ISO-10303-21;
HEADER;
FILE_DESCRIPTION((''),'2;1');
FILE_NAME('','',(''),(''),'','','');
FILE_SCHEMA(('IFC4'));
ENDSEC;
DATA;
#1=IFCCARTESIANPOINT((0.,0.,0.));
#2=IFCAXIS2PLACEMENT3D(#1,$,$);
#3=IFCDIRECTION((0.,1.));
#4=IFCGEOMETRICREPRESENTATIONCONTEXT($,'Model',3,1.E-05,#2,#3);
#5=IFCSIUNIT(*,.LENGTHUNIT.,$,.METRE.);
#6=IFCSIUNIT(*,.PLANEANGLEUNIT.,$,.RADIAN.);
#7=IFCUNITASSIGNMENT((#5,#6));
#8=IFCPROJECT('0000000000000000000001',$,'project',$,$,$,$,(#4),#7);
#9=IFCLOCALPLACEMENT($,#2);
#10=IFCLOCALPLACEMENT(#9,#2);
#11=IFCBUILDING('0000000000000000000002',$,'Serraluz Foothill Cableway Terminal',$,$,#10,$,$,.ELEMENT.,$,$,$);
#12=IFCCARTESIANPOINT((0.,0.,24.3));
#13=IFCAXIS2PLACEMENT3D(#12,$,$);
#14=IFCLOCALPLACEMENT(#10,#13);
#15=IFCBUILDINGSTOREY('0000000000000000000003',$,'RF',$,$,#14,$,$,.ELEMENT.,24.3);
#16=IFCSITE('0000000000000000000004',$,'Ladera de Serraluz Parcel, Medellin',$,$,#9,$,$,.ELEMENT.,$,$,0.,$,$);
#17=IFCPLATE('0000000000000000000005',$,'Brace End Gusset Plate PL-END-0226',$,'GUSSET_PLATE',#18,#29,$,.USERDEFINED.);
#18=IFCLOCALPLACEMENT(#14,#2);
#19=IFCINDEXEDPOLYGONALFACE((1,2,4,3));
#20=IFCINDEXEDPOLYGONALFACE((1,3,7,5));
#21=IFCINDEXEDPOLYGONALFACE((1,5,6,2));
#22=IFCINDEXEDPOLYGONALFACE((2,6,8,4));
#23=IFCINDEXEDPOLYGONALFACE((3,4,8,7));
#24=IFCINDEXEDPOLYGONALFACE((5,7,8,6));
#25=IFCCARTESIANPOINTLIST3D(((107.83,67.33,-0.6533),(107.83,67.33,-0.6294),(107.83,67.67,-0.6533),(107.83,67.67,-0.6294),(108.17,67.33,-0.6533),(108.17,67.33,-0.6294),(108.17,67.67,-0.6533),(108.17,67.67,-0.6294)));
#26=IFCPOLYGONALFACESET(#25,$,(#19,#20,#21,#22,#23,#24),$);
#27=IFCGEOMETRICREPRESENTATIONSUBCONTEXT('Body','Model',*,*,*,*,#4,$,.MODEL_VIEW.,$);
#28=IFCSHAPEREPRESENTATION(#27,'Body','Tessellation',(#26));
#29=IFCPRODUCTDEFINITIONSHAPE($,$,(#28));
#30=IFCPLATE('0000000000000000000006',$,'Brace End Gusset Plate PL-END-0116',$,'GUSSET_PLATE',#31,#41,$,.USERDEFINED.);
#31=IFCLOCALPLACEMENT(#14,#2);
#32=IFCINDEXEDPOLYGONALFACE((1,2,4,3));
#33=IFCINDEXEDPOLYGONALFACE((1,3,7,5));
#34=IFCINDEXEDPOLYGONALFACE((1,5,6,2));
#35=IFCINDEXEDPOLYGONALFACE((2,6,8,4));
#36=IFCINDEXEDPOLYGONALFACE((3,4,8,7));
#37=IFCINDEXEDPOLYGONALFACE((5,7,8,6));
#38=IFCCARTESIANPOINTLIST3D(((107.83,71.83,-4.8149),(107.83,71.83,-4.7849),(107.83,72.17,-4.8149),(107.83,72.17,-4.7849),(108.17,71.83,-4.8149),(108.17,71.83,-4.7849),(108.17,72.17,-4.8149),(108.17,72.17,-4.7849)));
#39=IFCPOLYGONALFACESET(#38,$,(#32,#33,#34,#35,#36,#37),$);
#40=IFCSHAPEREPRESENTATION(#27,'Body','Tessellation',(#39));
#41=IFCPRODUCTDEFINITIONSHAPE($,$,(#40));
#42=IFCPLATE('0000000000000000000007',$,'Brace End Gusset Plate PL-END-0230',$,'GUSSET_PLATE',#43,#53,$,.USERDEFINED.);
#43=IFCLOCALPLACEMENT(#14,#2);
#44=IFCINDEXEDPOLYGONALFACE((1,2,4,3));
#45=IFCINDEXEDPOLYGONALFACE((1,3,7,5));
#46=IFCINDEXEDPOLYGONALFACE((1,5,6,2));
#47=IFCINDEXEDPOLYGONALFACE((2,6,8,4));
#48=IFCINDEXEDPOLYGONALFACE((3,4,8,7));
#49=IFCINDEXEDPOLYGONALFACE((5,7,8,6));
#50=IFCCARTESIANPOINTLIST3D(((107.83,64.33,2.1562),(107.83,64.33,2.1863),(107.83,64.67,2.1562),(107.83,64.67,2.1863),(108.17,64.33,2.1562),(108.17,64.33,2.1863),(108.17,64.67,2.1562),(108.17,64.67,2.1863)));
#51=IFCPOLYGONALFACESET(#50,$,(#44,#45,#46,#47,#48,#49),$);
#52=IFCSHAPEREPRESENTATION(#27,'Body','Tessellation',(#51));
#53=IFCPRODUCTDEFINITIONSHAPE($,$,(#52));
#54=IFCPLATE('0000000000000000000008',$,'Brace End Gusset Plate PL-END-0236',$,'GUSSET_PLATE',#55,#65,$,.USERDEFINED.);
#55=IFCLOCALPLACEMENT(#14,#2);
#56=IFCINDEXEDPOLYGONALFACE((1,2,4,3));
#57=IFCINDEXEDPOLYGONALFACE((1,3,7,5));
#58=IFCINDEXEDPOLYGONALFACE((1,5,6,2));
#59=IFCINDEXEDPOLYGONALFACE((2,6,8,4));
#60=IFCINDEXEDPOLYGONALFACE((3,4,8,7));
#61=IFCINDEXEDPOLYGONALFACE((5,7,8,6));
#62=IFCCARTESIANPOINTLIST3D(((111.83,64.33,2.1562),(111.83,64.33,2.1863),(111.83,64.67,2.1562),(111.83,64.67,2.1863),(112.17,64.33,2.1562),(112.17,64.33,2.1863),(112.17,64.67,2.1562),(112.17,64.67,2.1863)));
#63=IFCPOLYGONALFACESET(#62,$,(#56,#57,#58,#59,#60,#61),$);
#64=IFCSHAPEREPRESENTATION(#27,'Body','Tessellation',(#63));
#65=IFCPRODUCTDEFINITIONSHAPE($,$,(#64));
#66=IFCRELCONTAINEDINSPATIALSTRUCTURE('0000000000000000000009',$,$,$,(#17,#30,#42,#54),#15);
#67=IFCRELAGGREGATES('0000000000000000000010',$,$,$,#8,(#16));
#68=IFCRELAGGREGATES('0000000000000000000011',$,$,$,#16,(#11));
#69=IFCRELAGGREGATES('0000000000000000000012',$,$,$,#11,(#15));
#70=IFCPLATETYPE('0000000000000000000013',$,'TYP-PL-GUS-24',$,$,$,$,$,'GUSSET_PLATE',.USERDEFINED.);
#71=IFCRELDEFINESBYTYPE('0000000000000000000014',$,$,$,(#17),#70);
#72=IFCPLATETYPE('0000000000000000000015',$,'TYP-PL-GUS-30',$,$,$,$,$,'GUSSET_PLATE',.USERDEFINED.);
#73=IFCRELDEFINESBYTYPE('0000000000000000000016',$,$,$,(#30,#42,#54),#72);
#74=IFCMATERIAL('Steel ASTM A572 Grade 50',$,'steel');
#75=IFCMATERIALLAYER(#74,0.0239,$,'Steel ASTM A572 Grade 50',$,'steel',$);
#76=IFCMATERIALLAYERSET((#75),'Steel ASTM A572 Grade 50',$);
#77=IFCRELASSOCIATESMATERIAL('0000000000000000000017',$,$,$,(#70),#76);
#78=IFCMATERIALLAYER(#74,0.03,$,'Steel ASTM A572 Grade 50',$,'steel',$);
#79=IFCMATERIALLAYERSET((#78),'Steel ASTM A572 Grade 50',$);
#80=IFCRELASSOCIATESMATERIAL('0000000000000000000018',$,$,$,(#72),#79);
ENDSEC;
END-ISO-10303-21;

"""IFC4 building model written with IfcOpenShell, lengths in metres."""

from ifc_helpers import new_model, si_unit, direction, frame, origin, origin_2d, place, context, subcontext, project, spatial, rectangle, extrude, material, layer, layer_set, type_object, element, save


model = new_model("IFC4")

# Units and contexts
model_context = context("Model", 3, precision=1e-05, world=origin(), true_north=direction((0.0, 1.0)))
body_context = subcontext(model_context, "Body", "Model", "MODEL_VIEW")
ifc_project = project(units=[si_unit("LENGTHUNIT", "METRE"), si_unit("PLANEANGLEUNIT", "RADIAN")], contexts=[model_context])

# Site, building, storey
site_placement = place(None, origin())
site = spatial("IfcSite", under=ifc_project, at=site_placement, Name="Ladera de Serraluz Parcel, Medellin", CompositionType="ELEMENT", RefElevation=0.0)
building_placement = place(site_placement, origin())
building = spatial("IfcBuilding", under=site, at=building_placement, Name="Serraluz Foothill Cableway Terminal", CompositionType="ELEMENT")
storey_placement = place(building_placement, frame((0.0, 0.0, 24.3)))
storey = spatial("IfcBuildingStorey", under=building, at=storey_placement, Name="RF", CompositionType="ELEMENT", Elevation=24.3)

# Shared definitions
ifc_material_1 = material(Name="Steel ASTM A572 Grade 50", Category="steel")

# Plates
ifc_layer_1 = layer(ifc_material_1, 0.0239, Name="Steel ASTM A572 Grade 50", Category="steel")
ifc_layer_set_1 = layer_set([ifc_layer_1], Name="Steel ASTM A572 Grade 50")
plate_type_1 = type_object("IfcPlateType", Name="TYP-PL-GUS-24", ElementType="GUSSET_PLATE", PredefinedType="USERDEFINED", material=ifc_layer_set_1)
for number, where, z_axis, x_axis, name in (
    (1, (108.0, 67.5, -0.6533), (0.0, 0.0, 1.0), (1.0, 0.0, 0.0), "Brace End Gusset Plate PL-END-0226"),
):
    element("IfcPlate", number, at=place(storey_placement, frame(where, z_axis=z_axis, x_axis=x_axis)), inside=storey, type_object=plate_type_1, Name=name, ObjectType="GUSSET_PLATE", PredefinedType="USERDEFINED", context=body_context, shape_type="SweptSolid", body=[
        extrude(rectangle(XDim=0.3401, YDim=0.3401, at=origin_2d()), origin(), (0.0, 0.0, 1.0), 0.0239),
    ])
ifc_layer_2 = layer(ifc_material_1, 0.03, Name="Steel ASTM A572 Grade 50", Category="steel")
ifc_layer_set_2 = layer_set([ifc_layer_2], Name="Steel ASTM A572 Grade 50")
plate_type_2 = type_object("IfcPlateType", Name="TYP-PL-GUS-30", ElementType="GUSSET_PLATE", PredefinedType="USERDEFINED", material=ifc_layer_set_2)
for number, where, z_axis, x_axis, name in (
    (2, (108.0, 72.0, -4.8149), (0.0, 0.0, 1.0), (1.0, 0.0, 0.0), "Brace End Gusset Plate PL-END-0116"),
    (3, (108.0, 64.5, 2.1562), (0.0, 0.0, 1.0), (1.0, 0.0, 0.0), "Brace End Gusset Plate PL-END-0230"),
    (4, (112.0, 64.5, 2.1562), (0.0, 0.0, 1.0), (1.0, 0.0, 0.0), "Brace End Gusset Plate PL-END-0236"),
):
    element("IfcPlate", number, at=place(storey_placement, frame(where, z_axis=z_axis, x_axis=x_axis)), inside=storey, type_object=plate_type_2, Name=name, ObjectType="GUSSET_PLATE", PredefinedType="USERDEFINED", context=body_context, shape_type="SweptSolid", body=[
        extrude(rectangle(XDim=0.3401, YDim=0.3401, at=origin_2d()), origin(), (0.0, 0.0, 1.0), 0.03),
    ])

save(model, "model.ifc")
